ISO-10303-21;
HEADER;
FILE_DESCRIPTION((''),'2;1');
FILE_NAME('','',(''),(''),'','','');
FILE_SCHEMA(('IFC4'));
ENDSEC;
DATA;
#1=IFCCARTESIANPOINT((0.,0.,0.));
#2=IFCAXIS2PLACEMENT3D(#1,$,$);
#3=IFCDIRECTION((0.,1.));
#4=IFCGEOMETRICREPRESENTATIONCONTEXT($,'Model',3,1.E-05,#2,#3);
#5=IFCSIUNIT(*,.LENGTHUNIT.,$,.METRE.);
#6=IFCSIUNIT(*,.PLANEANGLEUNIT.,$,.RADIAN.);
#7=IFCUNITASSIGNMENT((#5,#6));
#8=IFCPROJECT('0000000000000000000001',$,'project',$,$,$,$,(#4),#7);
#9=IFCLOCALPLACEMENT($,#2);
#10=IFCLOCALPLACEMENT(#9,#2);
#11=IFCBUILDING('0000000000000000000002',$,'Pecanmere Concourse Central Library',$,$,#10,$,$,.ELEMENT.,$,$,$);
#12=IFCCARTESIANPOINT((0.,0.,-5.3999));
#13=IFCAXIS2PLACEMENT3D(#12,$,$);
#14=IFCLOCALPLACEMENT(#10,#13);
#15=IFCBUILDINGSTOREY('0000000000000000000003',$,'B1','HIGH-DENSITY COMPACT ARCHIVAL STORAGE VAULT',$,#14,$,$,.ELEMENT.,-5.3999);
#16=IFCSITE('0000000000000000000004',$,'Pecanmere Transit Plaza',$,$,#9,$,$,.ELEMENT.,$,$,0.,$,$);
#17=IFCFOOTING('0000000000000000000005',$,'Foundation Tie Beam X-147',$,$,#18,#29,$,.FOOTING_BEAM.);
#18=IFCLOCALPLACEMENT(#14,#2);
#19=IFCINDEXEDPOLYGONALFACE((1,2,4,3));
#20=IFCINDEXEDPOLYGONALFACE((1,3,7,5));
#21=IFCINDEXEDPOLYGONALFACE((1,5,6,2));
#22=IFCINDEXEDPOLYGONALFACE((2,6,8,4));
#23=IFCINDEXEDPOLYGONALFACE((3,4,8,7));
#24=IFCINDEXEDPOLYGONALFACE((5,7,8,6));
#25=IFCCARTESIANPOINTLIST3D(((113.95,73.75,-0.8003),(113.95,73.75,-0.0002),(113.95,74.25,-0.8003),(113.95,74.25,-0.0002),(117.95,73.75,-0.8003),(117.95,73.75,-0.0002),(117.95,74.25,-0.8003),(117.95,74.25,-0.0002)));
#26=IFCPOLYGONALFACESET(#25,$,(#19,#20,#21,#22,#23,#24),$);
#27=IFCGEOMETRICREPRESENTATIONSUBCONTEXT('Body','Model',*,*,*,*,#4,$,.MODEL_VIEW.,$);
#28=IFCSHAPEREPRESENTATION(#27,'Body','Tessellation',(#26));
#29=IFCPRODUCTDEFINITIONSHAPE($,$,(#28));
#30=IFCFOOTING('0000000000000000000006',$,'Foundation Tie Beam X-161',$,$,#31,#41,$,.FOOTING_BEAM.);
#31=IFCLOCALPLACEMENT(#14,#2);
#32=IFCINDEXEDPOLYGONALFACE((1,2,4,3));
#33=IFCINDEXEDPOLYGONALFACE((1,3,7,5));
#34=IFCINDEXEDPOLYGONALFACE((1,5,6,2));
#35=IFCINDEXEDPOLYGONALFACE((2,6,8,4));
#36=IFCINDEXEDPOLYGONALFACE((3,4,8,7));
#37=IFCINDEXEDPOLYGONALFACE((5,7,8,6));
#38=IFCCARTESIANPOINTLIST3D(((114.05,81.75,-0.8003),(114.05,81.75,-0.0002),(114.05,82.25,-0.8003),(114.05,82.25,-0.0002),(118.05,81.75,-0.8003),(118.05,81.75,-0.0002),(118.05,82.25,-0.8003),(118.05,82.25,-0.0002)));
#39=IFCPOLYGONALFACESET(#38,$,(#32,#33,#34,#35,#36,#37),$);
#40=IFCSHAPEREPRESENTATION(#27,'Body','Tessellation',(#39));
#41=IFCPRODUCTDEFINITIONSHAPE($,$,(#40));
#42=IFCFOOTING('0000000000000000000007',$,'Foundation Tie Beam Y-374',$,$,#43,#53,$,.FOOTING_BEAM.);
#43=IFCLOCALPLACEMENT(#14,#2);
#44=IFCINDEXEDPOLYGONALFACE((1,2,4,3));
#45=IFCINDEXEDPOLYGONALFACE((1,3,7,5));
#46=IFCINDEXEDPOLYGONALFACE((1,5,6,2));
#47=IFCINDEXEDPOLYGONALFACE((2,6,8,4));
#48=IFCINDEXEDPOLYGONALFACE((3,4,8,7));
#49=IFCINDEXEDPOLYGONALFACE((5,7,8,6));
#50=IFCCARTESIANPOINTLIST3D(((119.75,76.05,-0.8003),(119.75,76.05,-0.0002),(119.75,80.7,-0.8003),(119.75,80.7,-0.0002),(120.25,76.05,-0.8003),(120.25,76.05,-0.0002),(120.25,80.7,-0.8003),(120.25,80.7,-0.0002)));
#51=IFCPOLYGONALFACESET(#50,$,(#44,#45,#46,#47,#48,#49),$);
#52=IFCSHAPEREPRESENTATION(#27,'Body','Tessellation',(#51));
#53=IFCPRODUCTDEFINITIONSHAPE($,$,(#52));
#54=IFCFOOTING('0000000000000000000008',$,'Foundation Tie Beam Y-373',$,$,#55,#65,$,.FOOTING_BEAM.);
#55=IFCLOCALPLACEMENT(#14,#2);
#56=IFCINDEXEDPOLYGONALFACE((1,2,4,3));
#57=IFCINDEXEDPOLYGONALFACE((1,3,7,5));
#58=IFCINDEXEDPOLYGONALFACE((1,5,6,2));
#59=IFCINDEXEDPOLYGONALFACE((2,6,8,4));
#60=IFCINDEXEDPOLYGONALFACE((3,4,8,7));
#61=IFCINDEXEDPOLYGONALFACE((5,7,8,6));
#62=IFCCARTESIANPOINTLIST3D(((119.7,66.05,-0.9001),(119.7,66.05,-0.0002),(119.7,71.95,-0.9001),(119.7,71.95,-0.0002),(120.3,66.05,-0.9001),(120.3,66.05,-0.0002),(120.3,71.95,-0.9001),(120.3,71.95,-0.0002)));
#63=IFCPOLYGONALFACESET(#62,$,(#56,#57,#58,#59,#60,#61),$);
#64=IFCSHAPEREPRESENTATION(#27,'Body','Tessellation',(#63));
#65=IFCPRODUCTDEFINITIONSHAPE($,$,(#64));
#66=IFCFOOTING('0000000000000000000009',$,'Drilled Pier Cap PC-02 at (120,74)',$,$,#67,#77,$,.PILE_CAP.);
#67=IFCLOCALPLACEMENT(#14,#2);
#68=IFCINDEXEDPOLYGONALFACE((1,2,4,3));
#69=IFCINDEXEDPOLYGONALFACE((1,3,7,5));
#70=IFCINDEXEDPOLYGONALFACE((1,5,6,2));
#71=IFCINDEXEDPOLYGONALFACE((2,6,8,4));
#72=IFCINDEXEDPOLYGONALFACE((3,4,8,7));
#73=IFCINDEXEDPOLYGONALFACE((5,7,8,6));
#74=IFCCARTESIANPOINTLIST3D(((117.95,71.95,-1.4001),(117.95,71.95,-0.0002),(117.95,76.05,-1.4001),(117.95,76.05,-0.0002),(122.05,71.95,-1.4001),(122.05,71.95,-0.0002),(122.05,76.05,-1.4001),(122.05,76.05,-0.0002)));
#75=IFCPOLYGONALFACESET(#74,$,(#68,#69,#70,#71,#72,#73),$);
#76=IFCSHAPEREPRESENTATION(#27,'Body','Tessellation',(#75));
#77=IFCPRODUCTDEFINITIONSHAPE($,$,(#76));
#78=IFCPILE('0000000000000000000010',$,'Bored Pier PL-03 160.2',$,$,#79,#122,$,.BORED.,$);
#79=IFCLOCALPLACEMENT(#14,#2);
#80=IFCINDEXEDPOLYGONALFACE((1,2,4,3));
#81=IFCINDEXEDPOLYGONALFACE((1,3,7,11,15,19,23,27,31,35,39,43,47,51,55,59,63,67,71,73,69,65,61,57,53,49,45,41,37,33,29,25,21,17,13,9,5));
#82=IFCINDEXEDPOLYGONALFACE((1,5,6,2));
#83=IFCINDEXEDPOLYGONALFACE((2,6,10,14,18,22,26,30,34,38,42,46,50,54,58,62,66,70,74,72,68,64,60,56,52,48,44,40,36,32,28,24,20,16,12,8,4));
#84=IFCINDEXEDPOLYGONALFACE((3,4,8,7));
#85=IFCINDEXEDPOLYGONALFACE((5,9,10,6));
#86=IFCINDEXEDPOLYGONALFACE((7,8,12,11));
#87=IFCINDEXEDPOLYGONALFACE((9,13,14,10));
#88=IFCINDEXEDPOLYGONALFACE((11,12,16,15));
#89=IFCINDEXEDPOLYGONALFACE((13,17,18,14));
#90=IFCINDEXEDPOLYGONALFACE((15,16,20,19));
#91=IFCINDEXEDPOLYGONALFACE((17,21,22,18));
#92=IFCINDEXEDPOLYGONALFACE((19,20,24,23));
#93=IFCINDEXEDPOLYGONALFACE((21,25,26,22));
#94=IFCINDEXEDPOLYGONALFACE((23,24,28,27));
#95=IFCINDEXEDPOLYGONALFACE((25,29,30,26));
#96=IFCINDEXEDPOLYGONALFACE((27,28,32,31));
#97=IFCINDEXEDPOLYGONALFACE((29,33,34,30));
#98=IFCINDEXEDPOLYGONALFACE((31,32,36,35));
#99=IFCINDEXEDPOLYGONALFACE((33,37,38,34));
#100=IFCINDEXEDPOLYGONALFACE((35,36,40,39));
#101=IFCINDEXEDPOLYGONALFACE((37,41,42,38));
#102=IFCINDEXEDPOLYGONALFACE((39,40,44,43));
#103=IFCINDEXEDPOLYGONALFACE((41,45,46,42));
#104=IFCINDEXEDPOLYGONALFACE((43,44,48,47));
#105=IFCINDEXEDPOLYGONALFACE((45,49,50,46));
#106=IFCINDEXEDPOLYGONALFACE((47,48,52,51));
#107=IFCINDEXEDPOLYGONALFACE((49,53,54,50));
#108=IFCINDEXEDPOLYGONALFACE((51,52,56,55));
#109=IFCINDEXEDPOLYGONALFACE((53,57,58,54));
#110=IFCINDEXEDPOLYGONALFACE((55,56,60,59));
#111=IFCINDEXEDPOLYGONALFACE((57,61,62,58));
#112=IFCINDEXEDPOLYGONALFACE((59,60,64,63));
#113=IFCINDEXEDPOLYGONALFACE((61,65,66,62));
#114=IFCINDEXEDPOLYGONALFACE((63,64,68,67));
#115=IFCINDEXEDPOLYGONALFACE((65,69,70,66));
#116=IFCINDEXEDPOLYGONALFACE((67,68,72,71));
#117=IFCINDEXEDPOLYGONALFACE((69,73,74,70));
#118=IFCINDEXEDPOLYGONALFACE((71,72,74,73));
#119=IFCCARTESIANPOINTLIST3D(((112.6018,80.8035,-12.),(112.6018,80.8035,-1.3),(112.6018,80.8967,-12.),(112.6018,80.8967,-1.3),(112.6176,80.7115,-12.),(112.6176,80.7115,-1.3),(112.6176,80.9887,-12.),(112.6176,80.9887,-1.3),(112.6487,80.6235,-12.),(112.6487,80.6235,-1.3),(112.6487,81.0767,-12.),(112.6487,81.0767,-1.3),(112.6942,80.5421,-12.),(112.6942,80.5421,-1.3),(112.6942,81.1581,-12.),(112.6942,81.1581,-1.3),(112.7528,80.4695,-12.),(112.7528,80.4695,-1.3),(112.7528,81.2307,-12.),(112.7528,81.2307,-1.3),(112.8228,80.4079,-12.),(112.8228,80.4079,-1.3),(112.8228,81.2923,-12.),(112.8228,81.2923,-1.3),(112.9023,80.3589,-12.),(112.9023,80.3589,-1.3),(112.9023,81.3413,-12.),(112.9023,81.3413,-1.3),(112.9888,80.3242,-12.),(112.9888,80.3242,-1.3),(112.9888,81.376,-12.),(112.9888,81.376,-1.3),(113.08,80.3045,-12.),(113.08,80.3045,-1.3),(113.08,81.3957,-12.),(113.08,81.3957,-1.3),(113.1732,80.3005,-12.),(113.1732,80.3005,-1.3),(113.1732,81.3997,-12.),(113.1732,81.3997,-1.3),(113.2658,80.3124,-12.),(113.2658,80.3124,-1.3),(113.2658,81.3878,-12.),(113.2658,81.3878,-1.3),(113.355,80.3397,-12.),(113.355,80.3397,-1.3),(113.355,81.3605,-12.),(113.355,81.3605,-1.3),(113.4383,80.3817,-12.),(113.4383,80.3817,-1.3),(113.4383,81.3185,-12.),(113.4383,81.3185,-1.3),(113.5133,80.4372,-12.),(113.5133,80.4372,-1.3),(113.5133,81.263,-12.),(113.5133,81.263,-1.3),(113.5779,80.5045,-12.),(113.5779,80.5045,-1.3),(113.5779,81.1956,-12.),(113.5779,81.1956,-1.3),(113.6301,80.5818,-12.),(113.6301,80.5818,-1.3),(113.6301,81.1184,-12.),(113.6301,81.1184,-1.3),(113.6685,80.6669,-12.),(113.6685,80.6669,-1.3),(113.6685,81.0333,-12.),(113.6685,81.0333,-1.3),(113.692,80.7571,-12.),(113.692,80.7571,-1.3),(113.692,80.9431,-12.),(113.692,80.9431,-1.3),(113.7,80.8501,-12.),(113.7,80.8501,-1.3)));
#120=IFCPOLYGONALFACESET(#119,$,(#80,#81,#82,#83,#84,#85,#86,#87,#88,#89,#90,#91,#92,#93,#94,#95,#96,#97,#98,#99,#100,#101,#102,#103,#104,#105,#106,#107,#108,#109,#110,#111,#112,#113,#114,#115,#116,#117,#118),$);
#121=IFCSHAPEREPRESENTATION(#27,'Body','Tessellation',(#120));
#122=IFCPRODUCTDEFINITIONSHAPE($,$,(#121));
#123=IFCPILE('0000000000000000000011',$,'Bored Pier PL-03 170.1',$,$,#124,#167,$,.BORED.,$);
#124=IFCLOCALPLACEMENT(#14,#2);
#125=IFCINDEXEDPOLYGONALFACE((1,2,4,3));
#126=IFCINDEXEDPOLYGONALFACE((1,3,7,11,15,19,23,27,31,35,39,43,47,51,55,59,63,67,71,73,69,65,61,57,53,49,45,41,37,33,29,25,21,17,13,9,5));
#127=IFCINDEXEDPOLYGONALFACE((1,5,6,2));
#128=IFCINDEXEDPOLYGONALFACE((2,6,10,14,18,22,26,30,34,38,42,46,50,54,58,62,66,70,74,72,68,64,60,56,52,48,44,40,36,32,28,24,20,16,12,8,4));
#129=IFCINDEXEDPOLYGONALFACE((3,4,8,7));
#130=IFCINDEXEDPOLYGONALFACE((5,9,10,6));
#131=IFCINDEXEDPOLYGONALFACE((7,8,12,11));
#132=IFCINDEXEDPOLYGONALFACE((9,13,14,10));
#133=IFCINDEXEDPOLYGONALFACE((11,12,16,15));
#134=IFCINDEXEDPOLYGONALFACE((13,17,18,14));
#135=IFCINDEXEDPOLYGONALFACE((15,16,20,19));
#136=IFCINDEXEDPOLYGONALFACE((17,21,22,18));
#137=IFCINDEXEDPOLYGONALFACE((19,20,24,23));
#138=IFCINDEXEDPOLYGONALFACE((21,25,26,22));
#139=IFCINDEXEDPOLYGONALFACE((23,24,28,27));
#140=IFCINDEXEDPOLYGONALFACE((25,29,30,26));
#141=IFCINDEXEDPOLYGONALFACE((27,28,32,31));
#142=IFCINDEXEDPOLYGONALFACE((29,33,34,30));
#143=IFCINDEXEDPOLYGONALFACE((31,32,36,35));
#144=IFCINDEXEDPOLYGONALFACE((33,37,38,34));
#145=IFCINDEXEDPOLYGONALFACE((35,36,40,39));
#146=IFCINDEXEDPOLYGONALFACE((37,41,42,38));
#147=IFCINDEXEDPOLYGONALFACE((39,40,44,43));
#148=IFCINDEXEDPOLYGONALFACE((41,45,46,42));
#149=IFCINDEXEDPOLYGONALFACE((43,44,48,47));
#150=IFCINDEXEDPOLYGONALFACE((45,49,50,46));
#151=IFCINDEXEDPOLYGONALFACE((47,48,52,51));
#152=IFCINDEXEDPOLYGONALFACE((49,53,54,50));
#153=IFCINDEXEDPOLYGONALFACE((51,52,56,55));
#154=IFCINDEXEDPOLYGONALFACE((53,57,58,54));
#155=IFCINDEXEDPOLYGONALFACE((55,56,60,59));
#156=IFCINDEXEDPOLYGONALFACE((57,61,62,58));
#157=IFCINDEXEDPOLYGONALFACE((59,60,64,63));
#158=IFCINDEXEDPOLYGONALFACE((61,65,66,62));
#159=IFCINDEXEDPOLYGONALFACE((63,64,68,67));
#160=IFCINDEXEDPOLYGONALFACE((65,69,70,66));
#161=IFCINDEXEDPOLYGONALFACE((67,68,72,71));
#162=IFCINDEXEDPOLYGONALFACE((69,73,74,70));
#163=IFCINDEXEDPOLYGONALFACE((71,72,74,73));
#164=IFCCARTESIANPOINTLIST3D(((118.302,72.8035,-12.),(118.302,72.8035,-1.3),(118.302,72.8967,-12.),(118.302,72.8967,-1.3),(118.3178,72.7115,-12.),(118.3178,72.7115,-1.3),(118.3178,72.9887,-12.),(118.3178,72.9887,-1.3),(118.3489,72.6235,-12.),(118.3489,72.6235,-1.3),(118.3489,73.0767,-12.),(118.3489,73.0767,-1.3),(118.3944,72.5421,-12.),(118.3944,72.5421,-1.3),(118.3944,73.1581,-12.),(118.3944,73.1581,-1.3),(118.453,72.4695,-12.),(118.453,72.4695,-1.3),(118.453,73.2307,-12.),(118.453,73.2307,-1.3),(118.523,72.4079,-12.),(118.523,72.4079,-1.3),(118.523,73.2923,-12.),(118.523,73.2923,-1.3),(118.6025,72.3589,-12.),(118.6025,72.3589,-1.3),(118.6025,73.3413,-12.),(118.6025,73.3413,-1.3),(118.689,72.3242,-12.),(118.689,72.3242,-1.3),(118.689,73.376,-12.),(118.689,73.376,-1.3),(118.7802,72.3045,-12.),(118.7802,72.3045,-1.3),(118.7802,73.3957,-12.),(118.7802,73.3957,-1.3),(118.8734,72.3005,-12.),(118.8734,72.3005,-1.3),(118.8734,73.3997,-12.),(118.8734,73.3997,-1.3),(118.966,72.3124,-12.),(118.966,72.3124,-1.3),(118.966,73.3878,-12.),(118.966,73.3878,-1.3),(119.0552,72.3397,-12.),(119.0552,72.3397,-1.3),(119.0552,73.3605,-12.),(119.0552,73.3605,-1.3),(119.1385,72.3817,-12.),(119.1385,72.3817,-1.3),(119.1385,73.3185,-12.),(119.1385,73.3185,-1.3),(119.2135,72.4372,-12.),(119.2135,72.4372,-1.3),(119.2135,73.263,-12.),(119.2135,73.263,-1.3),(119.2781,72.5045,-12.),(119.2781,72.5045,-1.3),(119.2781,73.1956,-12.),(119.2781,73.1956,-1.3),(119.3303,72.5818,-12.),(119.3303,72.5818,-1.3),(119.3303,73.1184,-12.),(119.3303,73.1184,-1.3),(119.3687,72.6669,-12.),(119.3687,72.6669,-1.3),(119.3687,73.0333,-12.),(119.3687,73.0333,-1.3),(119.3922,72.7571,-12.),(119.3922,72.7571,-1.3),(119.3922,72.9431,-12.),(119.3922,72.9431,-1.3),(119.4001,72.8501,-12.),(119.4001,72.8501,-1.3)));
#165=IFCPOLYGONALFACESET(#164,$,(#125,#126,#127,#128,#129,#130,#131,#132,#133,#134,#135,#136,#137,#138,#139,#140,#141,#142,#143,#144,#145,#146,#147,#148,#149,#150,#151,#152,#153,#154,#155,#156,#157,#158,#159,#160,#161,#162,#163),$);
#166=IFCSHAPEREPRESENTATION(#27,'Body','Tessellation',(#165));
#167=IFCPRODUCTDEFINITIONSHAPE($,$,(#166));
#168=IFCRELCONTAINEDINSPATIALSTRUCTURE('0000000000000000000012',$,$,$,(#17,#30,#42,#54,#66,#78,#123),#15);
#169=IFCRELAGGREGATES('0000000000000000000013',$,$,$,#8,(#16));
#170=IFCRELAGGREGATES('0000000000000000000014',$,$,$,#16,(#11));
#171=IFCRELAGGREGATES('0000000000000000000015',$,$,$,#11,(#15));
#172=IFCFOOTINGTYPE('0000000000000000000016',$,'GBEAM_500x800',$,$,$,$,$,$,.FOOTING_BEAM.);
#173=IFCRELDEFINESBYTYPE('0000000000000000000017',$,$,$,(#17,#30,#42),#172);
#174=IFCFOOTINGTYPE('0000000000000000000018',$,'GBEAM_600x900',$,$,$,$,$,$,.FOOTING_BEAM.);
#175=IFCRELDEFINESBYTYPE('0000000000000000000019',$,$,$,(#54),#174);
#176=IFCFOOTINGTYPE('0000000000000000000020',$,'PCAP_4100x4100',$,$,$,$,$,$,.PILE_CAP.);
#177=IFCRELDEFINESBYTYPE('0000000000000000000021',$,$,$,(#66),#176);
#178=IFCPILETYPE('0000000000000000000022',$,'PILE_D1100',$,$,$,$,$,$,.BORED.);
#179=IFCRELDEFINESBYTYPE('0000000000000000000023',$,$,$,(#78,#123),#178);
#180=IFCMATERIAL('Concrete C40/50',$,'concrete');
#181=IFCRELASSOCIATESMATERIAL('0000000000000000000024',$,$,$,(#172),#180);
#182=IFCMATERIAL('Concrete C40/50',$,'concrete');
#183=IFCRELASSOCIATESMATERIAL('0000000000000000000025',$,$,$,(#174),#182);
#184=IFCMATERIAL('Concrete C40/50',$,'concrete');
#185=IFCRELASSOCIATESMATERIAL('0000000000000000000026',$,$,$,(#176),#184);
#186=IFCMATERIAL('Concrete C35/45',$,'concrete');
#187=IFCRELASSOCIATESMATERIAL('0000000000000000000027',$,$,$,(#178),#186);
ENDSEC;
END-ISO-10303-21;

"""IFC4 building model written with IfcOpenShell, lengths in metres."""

from ifc_helpers import new_model, si_unit, direction, frame, origin, origin_2d, place, context, subcontext, project, spatial, rectangle, circle, extrude, material, material_profile, profile_set, type_object, element, save


model = new_model("IFC4")

# Units and contexts
model_context = context("Model", 3, precision=1e-05, world=origin(), true_north=direction((0.0, 1.0)))
body_context = subcontext(model_context, "Body", "Model", "MODEL_VIEW")
ifc_project = project(units=[si_unit("LENGTHUNIT", "METRE"), si_unit("PLANEANGLEUNIT", "RADIAN")], contexts=[model_context])

# Site, building, storey
site_placement = place(None, origin())
site = spatial("IfcSite", under=ifc_project, at=site_placement, Name="Pecanmere Transit Plaza", CompositionType="ELEMENT", RefElevation=0.0)
building_placement = place(site_placement, origin())
building = spatial("IfcBuilding", under=site, at=building_placement, Name="Pecanmere Concourse Central Library", CompositionType="ELEMENT")
storey_placement = place(building_placement, frame((0.0, 0.0, -5.3999)))
storey = spatial("IfcBuildingStorey", under=building, at=storey_placement, Name="B1", Description="HIGH-DENSITY COMPACT ARCHIVAL STORAGE VAULT", CompositionType="ELEMENT", Elevation=-5.3999)

# Footings
ifc_material_1 = material(Name="Concrete C40/50", Category="concrete")
ifc_material_profile_1 = material_profile(ifc_material_1, rectangle(XDim=0.5, YDim=0.8, at=origin_2d()), Name="RC 500x800")
ifc_profile_set_1 = profile_set([ifc_material_profile_1], Name="Concrete C40/50")
footing_type_1 = type_object("IfcFootingType", Name="GBEAM_500x800", PredefinedType="FOOTING_BEAM", material=ifc_profile_set_1)
for number, where, z_axis, x_axis, name in (
    (1, (115.95, 74.0, -0.8003), (0.0, 0.0, 1.0), (1.0, 0.0, 0.0), "Foundation Tie Beam X-147"),
    (2, (116.05, 82.0, -0.8003), (0.0, 0.0, 1.0), (1.0, 0.0, 0.0), "Foundation Tie Beam X-161"),
):
    element("IfcFooting", number, at=place(storey_placement, frame(where, z_axis=z_axis, x_axis=x_axis)), inside=storey, type_object=footing_type_1, Name=name, PredefinedType="FOOTING_BEAM", context=body_context, shape_type="SweptSolid", body=[
        extrude(rectangle(XDim=4.0, YDim=0.5, at=origin_2d()), origin(), (0.0, 0.0, 1.0), 0.8),
    ])
footing_1_placement = place(storey_placement, frame((120.0, 78.375, -0.8003), z_axis=(0.0, 0.0, 1.0), x_axis=(0.0, 1.0, 0.0)))
element("IfcFooting", 3, at=footing_1_placement, inside=storey, type_object=footing_type_1, Name="Foundation Tie Beam Y-374", PredefinedType="FOOTING_BEAM", context=body_context, shape_type="SweptSolid", body=[
    extrude(rectangle(XDim=4.6499, YDim=0.5, at=origin_2d()), origin(), (0.0, 0.0, 1.0), 0.8),
])
ifc_material_2 = material(Name="Concrete C40/50", Category="concrete")
ifc_material_profile_2 = material_profile(ifc_material_2, rectangle(XDim=0.6001, YDim=0.8999, at=origin_2d()), Name="RC 600x900")
ifc_profile_set_2 = profile_set([ifc_material_profile_2], Name="Concrete C40/50")
footing_type_2 = type_object("IfcFootingType", Name="GBEAM_600x900", PredefinedType="FOOTING_BEAM", material=ifc_profile_set_2)
footing_2_placement = place(storey_placement, frame((120.0, 69.0, -0.9001), z_axis=(0.0, 0.0, 1.0), x_axis=(0.0, 1.0, 0.0)))
element("IfcFooting", 4, at=footing_2_placement, inside=storey, type_object=footing_type_2, Name="Foundation Tie Beam Y-373", PredefinedType="FOOTING_BEAM", context=body_context, shape_type="SweptSolid", body=[
    extrude(rectangle(XDim=5.8999, YDim=0.6001, at=origin_2d()), origin(), (0.0, 0.0, 1.0), 0.8999),
])
ifc_material_3 = material(Name="Concrete C40/50", Category="concrete")
footing_type_3 = type_object("IfcFootingType", Name="PCAP_4100x4100", PredefinedType="PILE_CAP", material=ifc_material_3)
footing_3_placement = place(storey_placement, frame((120.0, 74.0, -1.4001), z_axis=(0.0, 0.0, 1.0), x_axis=(1.0, 0.0, 0.0)))
element("IfcFooting", 5, at=footing_3_placement, inside=storey, type_object=footing_type_3, Name="Drilled Pier Cap PC-02 at (120,74)", PredefinedType="PILE_CAP", context=body_context, shape_type="SweptSolid", body=[
    extrude(rectangle(XDim=4.1001, YDim=4.1001, at=origin_2d()), origin(), (0.0, 0.0, 1.0), 1.3999),
])

# Piles
ifc_material_4 = material(Name="Concrete C35/45", Category="concrete")
ifc_material_profile_3 = material_profile(ifc_material_4, circle(Radius=0.55, at=origin_2d()), Name="PIER D1100")
ifc_profile_set_3 = profile_set([ifc_material_profile_3], Name="Concrete C35/45")
pile_type_1 = type_object("IfcPileType", Name="PILE_D1100", PredefinedType="BORED", material=ifc_profile_set_3)
for number, where, z_axis, x_axis, name in (
    (6, (113.1499, 80.8501, -1.3), (0.0, 0.0, -1.0), (1.0, 0.0, 0.0), "Bored Pier PL-03 160.2"),
    (7, (118.8501, 72.8501, -1.3), (0.0, 0.0, -1.0), (1.0, 0.0, 0.0), "Bored Pier PL-03 170.1"),
):
    element("IfcPile", number, at=place(storey_placement, frame(where, z_axis=z_axis, x_axis=x_axis)), inside=storey, type_object=pile_type_1, Name=name, PredefinedType="BORED", context=body_context, shape_type="SweptSolid", body=[
        extrude(circle(Radius=0.55, at=origin_2d()), origin(), (0.0, 0.0, 1.0), 10.7),
    ])

save(model, "model.ifc")
